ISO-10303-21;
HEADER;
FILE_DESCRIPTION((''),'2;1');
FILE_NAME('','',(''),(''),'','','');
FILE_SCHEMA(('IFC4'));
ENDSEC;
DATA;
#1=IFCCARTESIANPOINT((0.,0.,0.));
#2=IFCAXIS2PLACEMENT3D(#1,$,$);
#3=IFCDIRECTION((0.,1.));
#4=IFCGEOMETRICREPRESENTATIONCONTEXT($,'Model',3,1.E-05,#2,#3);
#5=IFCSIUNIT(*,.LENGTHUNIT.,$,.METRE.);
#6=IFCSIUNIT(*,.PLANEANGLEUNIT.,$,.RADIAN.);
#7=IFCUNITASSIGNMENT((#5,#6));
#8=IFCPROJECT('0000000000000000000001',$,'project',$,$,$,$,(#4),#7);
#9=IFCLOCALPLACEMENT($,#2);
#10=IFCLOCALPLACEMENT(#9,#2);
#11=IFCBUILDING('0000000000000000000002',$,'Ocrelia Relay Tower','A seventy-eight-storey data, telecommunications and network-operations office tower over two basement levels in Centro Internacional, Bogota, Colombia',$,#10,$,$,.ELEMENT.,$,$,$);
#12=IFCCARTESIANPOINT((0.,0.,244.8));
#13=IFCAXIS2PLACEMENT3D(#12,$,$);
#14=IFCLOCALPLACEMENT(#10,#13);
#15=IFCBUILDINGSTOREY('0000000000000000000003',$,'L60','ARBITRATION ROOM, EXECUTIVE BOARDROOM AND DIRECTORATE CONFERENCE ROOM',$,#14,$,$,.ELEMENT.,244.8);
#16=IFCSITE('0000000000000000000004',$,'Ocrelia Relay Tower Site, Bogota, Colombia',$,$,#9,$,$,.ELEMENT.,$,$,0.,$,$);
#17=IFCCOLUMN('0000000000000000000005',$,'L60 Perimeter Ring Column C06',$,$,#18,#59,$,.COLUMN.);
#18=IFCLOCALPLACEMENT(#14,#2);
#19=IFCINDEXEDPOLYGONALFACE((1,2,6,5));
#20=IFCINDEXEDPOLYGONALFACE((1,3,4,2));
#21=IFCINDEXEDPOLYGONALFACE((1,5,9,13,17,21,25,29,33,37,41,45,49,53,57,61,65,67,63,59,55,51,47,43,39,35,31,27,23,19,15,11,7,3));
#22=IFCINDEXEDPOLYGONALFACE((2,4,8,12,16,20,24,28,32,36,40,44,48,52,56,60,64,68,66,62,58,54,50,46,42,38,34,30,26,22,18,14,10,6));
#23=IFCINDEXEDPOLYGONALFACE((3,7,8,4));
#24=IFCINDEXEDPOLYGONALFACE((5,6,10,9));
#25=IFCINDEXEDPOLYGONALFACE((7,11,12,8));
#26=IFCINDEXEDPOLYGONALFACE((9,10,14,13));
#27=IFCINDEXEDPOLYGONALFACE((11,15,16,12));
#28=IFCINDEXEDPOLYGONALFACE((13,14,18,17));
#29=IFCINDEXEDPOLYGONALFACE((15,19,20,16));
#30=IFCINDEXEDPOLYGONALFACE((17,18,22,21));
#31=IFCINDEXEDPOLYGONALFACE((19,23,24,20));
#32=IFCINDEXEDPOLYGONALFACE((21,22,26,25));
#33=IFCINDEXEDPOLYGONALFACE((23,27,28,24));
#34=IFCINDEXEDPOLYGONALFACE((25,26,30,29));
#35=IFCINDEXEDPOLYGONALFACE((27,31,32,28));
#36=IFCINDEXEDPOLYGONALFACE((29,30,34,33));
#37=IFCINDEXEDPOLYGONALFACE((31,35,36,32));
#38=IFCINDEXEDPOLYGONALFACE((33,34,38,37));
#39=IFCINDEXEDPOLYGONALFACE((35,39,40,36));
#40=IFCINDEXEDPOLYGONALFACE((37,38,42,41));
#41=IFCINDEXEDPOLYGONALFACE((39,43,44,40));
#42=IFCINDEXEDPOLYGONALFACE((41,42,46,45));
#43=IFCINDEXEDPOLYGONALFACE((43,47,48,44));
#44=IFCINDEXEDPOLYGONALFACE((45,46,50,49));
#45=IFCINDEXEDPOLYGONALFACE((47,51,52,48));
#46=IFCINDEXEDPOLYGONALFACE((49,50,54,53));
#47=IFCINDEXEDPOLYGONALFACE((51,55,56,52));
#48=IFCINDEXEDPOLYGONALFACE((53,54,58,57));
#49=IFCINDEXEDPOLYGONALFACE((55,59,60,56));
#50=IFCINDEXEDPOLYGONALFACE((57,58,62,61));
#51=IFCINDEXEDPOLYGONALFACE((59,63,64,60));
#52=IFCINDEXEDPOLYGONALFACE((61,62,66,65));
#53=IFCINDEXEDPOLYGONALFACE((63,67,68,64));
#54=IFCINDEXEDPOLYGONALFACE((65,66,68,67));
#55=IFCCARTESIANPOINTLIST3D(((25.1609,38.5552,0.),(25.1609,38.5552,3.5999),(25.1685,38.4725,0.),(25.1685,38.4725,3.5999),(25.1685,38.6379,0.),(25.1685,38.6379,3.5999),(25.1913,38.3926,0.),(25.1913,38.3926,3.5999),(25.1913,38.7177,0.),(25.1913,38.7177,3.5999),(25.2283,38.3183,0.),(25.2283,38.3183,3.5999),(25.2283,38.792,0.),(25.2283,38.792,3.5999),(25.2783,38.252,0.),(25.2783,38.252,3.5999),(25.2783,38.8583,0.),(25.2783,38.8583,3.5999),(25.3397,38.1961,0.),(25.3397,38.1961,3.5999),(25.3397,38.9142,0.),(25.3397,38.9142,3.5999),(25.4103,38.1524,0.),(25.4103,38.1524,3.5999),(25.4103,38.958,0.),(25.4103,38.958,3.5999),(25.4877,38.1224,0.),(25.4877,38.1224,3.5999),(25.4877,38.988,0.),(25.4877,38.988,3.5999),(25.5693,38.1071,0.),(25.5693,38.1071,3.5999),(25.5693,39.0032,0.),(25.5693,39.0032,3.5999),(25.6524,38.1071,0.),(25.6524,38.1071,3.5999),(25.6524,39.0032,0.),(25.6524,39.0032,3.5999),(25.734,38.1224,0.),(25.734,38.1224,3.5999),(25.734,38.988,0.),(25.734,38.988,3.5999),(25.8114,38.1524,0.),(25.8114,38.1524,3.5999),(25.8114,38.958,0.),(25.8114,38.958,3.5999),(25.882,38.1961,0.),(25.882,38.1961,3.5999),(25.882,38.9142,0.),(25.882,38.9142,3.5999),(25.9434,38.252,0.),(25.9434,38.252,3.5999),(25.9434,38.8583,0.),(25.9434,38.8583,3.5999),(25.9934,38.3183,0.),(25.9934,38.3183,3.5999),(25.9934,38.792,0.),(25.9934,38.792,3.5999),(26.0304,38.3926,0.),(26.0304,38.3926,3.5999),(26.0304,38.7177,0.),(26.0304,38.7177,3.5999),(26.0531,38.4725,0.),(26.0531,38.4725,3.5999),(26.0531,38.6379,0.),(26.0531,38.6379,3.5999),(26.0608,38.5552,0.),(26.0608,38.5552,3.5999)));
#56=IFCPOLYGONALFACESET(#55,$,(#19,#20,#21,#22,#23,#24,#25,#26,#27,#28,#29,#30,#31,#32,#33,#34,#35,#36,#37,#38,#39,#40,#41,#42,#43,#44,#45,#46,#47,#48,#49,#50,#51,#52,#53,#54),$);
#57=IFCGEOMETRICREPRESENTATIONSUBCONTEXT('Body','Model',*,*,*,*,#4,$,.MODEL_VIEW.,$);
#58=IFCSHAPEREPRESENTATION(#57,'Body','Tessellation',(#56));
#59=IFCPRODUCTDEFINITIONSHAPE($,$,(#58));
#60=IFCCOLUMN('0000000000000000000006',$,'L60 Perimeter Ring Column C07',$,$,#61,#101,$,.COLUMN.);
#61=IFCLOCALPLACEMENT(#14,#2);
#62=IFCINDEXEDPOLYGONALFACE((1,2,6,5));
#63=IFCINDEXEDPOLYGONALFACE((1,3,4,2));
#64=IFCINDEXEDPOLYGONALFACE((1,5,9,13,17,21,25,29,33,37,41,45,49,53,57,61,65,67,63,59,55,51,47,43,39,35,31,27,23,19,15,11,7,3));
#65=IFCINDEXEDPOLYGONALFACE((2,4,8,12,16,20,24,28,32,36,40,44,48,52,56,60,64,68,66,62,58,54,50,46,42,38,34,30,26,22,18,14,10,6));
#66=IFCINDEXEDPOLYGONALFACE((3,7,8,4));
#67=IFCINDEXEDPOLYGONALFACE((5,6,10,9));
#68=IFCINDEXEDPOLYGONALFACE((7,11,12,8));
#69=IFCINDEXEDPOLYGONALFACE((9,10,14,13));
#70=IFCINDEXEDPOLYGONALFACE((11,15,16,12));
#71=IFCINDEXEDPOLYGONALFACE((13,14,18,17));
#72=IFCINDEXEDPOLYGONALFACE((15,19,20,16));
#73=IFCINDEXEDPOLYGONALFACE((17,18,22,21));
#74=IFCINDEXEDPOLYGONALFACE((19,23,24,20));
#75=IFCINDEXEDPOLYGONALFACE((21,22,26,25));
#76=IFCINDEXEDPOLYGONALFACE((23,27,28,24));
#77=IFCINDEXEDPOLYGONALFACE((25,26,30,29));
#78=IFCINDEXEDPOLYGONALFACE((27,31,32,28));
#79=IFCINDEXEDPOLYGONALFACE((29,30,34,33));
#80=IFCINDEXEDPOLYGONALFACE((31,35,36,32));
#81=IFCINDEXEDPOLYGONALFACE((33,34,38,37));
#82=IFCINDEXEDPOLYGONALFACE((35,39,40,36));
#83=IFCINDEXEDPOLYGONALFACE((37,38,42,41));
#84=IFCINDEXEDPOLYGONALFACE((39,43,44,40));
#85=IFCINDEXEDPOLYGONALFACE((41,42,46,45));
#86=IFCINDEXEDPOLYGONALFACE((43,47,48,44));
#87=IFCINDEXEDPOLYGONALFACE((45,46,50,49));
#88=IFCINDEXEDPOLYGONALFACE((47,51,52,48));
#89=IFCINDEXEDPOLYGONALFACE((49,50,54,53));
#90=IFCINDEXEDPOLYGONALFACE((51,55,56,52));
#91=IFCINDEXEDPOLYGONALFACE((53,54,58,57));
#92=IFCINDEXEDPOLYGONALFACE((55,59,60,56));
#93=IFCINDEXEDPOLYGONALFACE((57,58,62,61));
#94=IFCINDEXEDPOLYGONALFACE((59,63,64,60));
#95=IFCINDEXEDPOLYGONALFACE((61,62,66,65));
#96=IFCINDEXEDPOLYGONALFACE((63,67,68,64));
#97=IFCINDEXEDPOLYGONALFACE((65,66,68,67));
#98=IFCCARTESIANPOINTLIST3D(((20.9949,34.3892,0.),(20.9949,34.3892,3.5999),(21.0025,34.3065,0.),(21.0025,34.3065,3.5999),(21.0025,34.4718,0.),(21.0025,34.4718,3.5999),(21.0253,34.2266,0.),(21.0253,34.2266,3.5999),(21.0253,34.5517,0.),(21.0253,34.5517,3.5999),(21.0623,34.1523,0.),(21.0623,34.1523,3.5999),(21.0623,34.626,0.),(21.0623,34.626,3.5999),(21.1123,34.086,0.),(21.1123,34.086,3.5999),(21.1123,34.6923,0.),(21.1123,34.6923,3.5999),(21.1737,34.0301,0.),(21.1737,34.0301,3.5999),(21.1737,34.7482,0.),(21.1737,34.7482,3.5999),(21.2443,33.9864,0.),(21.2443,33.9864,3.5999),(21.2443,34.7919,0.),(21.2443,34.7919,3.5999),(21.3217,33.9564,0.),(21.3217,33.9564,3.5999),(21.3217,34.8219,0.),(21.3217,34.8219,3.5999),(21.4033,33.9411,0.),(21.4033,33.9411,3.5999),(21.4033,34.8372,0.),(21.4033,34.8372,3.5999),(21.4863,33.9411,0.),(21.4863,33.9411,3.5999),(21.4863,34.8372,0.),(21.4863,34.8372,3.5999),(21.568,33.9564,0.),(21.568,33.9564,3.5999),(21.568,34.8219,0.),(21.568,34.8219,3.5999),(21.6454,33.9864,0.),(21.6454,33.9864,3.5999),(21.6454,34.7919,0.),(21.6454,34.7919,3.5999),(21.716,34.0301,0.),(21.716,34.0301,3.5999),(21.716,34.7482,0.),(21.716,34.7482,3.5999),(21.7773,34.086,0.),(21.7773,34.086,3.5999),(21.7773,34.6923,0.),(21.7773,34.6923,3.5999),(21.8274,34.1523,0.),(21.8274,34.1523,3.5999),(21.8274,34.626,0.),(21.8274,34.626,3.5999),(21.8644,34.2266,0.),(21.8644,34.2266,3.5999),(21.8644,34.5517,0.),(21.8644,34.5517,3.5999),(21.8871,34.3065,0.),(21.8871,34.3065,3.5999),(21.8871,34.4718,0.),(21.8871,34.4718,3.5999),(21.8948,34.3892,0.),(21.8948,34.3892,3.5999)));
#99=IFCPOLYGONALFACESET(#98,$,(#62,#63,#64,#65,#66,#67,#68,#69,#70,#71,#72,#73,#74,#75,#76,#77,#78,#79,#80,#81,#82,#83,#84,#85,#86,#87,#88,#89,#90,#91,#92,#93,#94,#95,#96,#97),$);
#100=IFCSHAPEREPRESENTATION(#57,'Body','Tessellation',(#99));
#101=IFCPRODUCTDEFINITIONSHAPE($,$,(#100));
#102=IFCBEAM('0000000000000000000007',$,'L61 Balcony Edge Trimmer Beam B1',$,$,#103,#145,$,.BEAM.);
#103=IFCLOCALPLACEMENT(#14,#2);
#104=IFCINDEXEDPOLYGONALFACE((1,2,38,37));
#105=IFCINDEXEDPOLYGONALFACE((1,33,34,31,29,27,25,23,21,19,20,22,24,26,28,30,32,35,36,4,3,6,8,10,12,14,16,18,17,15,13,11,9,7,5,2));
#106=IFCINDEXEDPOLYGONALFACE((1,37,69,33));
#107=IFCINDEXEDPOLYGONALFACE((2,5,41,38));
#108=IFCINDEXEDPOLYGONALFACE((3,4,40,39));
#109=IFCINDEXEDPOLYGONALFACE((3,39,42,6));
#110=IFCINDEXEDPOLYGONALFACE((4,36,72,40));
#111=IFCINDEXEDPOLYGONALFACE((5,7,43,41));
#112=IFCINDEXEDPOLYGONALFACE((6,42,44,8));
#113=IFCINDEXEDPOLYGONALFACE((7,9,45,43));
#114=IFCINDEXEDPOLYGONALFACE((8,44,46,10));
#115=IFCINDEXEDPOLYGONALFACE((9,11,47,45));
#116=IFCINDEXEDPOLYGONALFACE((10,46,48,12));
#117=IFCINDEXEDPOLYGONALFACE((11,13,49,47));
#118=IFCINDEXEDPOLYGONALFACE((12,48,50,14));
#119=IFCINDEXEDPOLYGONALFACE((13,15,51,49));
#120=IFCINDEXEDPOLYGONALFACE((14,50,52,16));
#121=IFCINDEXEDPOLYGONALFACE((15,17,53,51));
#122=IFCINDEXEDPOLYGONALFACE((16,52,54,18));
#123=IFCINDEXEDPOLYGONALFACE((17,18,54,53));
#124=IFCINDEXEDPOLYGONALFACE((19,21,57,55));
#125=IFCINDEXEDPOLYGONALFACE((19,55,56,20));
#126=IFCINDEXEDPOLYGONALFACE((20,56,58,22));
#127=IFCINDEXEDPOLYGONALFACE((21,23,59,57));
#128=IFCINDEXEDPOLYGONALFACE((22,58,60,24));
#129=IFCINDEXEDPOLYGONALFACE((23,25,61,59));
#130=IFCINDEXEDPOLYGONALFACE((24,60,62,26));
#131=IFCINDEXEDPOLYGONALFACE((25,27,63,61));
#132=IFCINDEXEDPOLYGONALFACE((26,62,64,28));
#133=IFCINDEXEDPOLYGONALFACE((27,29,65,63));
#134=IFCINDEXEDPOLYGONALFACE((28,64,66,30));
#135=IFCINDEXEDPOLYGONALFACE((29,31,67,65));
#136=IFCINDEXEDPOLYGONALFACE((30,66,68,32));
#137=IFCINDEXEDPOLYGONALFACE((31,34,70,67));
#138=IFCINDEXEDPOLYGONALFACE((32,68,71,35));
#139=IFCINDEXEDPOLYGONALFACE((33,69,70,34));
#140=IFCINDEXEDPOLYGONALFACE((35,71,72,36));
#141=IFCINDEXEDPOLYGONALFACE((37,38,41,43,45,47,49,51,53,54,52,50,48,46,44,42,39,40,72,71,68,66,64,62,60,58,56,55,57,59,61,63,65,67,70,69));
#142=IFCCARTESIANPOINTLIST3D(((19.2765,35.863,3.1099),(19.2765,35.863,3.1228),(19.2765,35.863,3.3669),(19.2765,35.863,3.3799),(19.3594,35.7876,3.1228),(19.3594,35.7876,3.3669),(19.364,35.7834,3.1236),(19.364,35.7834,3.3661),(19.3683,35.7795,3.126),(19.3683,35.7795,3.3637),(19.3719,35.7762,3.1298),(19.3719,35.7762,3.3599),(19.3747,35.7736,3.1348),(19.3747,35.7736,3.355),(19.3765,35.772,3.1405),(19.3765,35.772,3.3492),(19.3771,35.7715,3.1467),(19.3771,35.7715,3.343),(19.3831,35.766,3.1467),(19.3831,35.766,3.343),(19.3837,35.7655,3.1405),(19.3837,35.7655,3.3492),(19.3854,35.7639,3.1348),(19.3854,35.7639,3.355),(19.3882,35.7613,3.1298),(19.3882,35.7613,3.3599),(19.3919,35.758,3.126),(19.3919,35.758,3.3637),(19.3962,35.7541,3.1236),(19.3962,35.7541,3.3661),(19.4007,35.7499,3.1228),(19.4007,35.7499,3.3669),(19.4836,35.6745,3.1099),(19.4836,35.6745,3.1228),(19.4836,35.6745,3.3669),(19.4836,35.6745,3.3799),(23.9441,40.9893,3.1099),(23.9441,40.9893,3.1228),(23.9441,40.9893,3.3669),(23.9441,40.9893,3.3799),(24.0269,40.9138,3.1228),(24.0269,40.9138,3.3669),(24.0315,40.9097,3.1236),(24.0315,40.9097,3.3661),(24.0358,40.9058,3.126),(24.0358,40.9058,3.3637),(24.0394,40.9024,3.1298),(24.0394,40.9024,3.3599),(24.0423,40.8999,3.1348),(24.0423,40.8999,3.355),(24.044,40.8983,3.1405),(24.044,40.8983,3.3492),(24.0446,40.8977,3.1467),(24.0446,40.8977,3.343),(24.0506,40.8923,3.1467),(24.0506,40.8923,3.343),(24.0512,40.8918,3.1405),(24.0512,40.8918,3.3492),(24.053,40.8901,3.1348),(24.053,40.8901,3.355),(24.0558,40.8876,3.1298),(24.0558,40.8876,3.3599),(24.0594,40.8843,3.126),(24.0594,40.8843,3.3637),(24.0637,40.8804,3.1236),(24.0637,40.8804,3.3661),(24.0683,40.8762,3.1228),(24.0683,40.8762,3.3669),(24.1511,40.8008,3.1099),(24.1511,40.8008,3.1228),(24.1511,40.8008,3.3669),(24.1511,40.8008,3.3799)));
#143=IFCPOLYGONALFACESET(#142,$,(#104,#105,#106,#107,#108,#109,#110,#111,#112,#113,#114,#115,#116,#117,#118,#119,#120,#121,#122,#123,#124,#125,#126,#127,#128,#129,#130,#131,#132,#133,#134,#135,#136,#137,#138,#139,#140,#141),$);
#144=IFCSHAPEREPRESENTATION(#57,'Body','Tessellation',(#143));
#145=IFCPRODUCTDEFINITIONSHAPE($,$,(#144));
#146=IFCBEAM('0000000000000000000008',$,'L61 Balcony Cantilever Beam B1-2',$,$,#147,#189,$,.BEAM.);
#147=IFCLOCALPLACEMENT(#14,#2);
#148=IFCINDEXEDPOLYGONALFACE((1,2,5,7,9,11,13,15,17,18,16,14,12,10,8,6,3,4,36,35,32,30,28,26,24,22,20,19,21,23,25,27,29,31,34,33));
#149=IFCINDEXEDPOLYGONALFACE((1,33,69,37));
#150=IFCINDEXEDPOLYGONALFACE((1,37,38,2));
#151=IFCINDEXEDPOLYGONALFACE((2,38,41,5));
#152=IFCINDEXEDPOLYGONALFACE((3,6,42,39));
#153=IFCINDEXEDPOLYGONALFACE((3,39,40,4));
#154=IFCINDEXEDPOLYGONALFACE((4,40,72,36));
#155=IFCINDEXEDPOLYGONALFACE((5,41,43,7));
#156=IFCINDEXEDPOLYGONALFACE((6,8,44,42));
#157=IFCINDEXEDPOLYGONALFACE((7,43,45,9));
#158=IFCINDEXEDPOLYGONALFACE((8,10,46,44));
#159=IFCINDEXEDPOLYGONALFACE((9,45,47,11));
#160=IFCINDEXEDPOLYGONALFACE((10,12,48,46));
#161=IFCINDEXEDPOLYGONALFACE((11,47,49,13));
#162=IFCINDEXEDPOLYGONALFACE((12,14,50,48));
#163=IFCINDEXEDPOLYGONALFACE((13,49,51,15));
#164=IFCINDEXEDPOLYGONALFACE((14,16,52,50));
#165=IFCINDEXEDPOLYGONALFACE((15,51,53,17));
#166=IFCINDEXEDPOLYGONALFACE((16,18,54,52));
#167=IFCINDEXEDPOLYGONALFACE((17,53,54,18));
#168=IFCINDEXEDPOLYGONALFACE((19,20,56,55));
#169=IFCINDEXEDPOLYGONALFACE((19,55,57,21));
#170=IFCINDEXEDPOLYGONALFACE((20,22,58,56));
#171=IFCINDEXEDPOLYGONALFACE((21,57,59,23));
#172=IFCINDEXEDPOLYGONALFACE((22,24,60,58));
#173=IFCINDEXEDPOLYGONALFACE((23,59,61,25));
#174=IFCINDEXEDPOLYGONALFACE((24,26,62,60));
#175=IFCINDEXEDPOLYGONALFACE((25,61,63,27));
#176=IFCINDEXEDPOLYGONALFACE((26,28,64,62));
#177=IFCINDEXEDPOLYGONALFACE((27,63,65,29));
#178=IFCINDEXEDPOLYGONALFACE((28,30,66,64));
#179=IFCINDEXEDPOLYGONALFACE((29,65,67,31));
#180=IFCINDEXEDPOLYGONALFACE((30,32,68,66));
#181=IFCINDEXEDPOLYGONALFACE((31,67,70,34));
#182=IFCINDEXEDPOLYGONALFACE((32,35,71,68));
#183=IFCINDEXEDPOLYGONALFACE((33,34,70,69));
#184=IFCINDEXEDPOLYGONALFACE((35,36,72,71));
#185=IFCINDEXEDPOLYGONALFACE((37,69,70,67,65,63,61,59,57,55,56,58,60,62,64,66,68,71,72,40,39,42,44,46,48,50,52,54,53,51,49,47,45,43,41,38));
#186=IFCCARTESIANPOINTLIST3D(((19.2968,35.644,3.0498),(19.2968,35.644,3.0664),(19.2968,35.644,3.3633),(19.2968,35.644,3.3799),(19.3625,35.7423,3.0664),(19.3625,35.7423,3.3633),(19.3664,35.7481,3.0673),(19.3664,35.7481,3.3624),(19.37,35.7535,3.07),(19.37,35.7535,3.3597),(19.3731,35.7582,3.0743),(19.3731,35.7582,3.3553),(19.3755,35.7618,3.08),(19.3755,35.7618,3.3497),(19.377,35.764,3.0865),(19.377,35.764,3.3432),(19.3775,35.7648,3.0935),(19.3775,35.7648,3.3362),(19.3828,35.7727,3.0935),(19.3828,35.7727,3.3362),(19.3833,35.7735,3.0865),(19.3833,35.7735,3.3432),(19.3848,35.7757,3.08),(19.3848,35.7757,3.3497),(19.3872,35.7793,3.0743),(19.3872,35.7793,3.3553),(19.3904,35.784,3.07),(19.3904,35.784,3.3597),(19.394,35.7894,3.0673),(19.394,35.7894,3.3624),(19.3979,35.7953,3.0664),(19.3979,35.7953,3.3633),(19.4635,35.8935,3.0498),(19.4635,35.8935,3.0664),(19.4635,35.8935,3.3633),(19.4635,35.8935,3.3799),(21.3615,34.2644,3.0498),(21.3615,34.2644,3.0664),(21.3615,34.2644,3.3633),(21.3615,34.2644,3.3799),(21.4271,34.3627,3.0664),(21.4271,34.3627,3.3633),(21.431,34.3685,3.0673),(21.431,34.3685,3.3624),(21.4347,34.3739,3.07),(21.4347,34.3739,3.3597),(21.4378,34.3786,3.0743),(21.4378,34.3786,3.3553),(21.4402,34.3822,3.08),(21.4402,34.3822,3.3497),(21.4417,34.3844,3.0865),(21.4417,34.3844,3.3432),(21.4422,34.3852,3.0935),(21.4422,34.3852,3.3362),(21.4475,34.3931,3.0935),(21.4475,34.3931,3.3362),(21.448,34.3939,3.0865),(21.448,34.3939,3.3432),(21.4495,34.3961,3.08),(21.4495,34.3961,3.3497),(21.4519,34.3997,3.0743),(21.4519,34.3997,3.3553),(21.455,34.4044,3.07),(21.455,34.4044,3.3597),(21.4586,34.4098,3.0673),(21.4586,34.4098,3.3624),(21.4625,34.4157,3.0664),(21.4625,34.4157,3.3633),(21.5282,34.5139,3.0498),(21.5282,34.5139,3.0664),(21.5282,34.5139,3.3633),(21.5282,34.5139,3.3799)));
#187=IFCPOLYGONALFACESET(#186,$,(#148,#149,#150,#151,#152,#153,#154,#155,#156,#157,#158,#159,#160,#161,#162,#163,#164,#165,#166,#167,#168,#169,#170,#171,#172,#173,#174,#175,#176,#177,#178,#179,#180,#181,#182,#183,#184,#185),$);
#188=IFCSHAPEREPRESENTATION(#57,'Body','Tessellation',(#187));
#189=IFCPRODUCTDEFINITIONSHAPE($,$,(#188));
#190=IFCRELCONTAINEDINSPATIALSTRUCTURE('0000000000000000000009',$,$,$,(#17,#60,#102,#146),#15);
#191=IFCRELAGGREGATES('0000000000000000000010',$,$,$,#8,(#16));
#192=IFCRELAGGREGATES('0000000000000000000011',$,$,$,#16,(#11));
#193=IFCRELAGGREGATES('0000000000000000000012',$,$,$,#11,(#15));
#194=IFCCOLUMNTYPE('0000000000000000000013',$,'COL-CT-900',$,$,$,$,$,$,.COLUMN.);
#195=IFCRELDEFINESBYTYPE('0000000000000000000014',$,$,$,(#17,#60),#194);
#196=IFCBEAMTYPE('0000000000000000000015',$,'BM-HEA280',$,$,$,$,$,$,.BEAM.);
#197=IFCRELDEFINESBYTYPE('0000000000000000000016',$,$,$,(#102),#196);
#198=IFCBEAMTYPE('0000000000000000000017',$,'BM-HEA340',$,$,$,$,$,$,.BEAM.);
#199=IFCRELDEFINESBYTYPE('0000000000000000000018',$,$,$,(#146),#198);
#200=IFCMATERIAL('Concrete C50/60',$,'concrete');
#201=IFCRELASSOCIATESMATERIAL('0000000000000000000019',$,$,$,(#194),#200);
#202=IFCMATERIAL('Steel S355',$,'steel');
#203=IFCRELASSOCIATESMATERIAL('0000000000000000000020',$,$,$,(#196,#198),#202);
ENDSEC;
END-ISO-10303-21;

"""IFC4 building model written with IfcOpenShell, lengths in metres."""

from ifc_helpers import new_model, si_unit, direction, frame, origin, origin_2d, place, context, subcontext, project, spatial, circle, i_section, extrude, material, material_profile, profile_set, type_object, element, save


model = new_model("IFC4")

# Units and contexts
model_context = context("Model", 3, precision=1e-05, world=origin(), true_north=direction((0.0, 1.0)))
body_context = subcontext(model_context, "Body", "Model", "MODEL_VIEW")
ifc_project = project(units=[si_unit("LENGTHUNIT", "METRE"), si_unit("PLANEANGLEUNIT", "RADIAN")], contexts=[model_context])

# Site, building, storey
site_placement = place(None, origin())
site = spatial("IfcSite", under=ifc_project, at=site_placement, Name="Ocrelia Relay Tower Site, Bogota, Colombia", CompositionType="ELEMENT", RefElevation=0.0)
building_placement = place(site_placement, origin())
building = spatial("IfcBuilding", under=site, at=building_placement, Name="Ocrelia Relay Tower", Description="A seventy-eight-storey data, telecommunications and network-operations office tower over two basement levels in Centro Internacional, Bogota, Colombia", CompositionType="ELEMENT")
storey_placement = place(building_placement, frame((0.0, 0.0, 244.8)))
storey = spatial("IfcBuildingStorey", under=building, at=storey_placement, Name="L60", Description="ARBITRATION ROOM, EXECUTIVE BOARDROOM AND DIRECTORATE CONFERENCE ROOM", CompositionType="ELEMENT", Elevation=244.8)

# Columns
ifc_material_1 = material(Name="Concrete C50/60", Category="concrete")
ifc_material_profile_1 = material_profile(ifc_material_1, circle(Radius=0.45, at=origin_2d()), Name="RC-CIR-900")
ifc_profile_set_1 = profile_set([ifc_material_profile_1], Name="Concrete C50/60")
column_type = type_object("IfcColumnType", Name="COL-CT-900", PredefinedType="COLUMN", material=ifc_profile_set_1)
for number, where, z_axis, x_axis, name in (
    (1, (25.6108, 38.5552, 0.0), (0.0, 0.0, 1.0), (1.0, 0.0, 0.0), "L60 Perimeter Ring Column C06"),
    (2, (21.4448, 34.3892, 0.0), (0.0, 0.0, 1.0), (1.0, 0.0, 0.0), "L60 Perimeter Ring Column C07"),
):
    element("IfcColumn", number, at=place(storey_placement, frame(where, z_axis=z_axis, x_axis=x_axis)), inside=storey, type_object=column_type, Name=name, PredefinedType="COLUMN", context=body_context, shape_type="SweptSolid", body=[
        extrude(circle(Radius=0.45, at=origin_2d()), origin(), (0.0, 0.0, 1.0), 3.5999),
    ])

# Beams
ifc_material_2 = material(Name="Steel S355", Category="steel")
ifc_material_profile_2 = material_profile(ifc_material_2, i_section(OverallWidth=0.28, OverallDepth=0.27, WebThickness=0.0081, FlangeThickness=0.0129, FilletRadius=0.0239, at=origin_2d()), Name="HEA 280")
ifc_profile_set_2 = profile_set([ifc_material_profile_2], Name="Steel S355")
beam_type_1 = type_object("IfcBeamType", Name="BM-HEA280", PredefinedType="BEAM", material=ifc_profile_set_2)
beam_1_placement = place(storey_placement, frame((24.0476, 40.895, 3.2449), z_axis=(-0.673248, -0.739417, 0.0), x_axis=(0.739417, -0.673248, 0.0)))
element("IfcBeam", 3, at=beam_1_placement, inside=storey, type_object=beam_type_1, Name="L61 Balcony Edge Trimmer Beam B1", PredefinedType="BEAM", context=body_context, shape_type="SweptSolid", body=[
    extrude(i_section(OverallWidth=0.28, OverallDepth=0.27, WebThickness=0.0081, FlangeThickness=0.0129, FilletRadius=0.0239, at=origin_2d()), origin(), (0.0, 0.0, 1.0), 6.9329),
])
ifc_material_profile_3 = material_profile(ifc_material_2, i_section(OverallWidth=0.3, OverallDepth=0.3301, WebThickness=0.0095, FlangeThickness=0.0166, FilletRadius=0.0271, at=origin_2d()), Name="HEA 340")
ifc_profile_set_3 = profile_set([ifc_material_profile_3], Name="Steel S355")
beam_type_2 = type_object("IfcBeamType", Name="BM-HEA340", PredefinedType="BEAM", material=ifc_profile_set_3)
beam_2_placement = place(storey_placement, frame((21.4448, 34.3892, 3.2148), z_axis=(-0.83146, 0.555585, 0.0), x_axis=(-0.555585, -0.83146, 0.0)))
element("IfcBeam", 4, at=beam_2_placement, inside=storey, type_object=beam_type_2, Name="L61 Balcony Cantilever Beam B1-2", PredefinedType="BEAM", context=body_context, shape_type="SweptSolid", body=[
    extrude(i_section(OverallWidth=0.3, OverallDepth=0.3301, WebThickness=0.0095, FlangeThickness=0.0166, FilletRadius=0.0271, at=origin_2d()), origin(), (0.0, 0.0, 1.0), 2.4832),
])

save(model, "model.ifc")
